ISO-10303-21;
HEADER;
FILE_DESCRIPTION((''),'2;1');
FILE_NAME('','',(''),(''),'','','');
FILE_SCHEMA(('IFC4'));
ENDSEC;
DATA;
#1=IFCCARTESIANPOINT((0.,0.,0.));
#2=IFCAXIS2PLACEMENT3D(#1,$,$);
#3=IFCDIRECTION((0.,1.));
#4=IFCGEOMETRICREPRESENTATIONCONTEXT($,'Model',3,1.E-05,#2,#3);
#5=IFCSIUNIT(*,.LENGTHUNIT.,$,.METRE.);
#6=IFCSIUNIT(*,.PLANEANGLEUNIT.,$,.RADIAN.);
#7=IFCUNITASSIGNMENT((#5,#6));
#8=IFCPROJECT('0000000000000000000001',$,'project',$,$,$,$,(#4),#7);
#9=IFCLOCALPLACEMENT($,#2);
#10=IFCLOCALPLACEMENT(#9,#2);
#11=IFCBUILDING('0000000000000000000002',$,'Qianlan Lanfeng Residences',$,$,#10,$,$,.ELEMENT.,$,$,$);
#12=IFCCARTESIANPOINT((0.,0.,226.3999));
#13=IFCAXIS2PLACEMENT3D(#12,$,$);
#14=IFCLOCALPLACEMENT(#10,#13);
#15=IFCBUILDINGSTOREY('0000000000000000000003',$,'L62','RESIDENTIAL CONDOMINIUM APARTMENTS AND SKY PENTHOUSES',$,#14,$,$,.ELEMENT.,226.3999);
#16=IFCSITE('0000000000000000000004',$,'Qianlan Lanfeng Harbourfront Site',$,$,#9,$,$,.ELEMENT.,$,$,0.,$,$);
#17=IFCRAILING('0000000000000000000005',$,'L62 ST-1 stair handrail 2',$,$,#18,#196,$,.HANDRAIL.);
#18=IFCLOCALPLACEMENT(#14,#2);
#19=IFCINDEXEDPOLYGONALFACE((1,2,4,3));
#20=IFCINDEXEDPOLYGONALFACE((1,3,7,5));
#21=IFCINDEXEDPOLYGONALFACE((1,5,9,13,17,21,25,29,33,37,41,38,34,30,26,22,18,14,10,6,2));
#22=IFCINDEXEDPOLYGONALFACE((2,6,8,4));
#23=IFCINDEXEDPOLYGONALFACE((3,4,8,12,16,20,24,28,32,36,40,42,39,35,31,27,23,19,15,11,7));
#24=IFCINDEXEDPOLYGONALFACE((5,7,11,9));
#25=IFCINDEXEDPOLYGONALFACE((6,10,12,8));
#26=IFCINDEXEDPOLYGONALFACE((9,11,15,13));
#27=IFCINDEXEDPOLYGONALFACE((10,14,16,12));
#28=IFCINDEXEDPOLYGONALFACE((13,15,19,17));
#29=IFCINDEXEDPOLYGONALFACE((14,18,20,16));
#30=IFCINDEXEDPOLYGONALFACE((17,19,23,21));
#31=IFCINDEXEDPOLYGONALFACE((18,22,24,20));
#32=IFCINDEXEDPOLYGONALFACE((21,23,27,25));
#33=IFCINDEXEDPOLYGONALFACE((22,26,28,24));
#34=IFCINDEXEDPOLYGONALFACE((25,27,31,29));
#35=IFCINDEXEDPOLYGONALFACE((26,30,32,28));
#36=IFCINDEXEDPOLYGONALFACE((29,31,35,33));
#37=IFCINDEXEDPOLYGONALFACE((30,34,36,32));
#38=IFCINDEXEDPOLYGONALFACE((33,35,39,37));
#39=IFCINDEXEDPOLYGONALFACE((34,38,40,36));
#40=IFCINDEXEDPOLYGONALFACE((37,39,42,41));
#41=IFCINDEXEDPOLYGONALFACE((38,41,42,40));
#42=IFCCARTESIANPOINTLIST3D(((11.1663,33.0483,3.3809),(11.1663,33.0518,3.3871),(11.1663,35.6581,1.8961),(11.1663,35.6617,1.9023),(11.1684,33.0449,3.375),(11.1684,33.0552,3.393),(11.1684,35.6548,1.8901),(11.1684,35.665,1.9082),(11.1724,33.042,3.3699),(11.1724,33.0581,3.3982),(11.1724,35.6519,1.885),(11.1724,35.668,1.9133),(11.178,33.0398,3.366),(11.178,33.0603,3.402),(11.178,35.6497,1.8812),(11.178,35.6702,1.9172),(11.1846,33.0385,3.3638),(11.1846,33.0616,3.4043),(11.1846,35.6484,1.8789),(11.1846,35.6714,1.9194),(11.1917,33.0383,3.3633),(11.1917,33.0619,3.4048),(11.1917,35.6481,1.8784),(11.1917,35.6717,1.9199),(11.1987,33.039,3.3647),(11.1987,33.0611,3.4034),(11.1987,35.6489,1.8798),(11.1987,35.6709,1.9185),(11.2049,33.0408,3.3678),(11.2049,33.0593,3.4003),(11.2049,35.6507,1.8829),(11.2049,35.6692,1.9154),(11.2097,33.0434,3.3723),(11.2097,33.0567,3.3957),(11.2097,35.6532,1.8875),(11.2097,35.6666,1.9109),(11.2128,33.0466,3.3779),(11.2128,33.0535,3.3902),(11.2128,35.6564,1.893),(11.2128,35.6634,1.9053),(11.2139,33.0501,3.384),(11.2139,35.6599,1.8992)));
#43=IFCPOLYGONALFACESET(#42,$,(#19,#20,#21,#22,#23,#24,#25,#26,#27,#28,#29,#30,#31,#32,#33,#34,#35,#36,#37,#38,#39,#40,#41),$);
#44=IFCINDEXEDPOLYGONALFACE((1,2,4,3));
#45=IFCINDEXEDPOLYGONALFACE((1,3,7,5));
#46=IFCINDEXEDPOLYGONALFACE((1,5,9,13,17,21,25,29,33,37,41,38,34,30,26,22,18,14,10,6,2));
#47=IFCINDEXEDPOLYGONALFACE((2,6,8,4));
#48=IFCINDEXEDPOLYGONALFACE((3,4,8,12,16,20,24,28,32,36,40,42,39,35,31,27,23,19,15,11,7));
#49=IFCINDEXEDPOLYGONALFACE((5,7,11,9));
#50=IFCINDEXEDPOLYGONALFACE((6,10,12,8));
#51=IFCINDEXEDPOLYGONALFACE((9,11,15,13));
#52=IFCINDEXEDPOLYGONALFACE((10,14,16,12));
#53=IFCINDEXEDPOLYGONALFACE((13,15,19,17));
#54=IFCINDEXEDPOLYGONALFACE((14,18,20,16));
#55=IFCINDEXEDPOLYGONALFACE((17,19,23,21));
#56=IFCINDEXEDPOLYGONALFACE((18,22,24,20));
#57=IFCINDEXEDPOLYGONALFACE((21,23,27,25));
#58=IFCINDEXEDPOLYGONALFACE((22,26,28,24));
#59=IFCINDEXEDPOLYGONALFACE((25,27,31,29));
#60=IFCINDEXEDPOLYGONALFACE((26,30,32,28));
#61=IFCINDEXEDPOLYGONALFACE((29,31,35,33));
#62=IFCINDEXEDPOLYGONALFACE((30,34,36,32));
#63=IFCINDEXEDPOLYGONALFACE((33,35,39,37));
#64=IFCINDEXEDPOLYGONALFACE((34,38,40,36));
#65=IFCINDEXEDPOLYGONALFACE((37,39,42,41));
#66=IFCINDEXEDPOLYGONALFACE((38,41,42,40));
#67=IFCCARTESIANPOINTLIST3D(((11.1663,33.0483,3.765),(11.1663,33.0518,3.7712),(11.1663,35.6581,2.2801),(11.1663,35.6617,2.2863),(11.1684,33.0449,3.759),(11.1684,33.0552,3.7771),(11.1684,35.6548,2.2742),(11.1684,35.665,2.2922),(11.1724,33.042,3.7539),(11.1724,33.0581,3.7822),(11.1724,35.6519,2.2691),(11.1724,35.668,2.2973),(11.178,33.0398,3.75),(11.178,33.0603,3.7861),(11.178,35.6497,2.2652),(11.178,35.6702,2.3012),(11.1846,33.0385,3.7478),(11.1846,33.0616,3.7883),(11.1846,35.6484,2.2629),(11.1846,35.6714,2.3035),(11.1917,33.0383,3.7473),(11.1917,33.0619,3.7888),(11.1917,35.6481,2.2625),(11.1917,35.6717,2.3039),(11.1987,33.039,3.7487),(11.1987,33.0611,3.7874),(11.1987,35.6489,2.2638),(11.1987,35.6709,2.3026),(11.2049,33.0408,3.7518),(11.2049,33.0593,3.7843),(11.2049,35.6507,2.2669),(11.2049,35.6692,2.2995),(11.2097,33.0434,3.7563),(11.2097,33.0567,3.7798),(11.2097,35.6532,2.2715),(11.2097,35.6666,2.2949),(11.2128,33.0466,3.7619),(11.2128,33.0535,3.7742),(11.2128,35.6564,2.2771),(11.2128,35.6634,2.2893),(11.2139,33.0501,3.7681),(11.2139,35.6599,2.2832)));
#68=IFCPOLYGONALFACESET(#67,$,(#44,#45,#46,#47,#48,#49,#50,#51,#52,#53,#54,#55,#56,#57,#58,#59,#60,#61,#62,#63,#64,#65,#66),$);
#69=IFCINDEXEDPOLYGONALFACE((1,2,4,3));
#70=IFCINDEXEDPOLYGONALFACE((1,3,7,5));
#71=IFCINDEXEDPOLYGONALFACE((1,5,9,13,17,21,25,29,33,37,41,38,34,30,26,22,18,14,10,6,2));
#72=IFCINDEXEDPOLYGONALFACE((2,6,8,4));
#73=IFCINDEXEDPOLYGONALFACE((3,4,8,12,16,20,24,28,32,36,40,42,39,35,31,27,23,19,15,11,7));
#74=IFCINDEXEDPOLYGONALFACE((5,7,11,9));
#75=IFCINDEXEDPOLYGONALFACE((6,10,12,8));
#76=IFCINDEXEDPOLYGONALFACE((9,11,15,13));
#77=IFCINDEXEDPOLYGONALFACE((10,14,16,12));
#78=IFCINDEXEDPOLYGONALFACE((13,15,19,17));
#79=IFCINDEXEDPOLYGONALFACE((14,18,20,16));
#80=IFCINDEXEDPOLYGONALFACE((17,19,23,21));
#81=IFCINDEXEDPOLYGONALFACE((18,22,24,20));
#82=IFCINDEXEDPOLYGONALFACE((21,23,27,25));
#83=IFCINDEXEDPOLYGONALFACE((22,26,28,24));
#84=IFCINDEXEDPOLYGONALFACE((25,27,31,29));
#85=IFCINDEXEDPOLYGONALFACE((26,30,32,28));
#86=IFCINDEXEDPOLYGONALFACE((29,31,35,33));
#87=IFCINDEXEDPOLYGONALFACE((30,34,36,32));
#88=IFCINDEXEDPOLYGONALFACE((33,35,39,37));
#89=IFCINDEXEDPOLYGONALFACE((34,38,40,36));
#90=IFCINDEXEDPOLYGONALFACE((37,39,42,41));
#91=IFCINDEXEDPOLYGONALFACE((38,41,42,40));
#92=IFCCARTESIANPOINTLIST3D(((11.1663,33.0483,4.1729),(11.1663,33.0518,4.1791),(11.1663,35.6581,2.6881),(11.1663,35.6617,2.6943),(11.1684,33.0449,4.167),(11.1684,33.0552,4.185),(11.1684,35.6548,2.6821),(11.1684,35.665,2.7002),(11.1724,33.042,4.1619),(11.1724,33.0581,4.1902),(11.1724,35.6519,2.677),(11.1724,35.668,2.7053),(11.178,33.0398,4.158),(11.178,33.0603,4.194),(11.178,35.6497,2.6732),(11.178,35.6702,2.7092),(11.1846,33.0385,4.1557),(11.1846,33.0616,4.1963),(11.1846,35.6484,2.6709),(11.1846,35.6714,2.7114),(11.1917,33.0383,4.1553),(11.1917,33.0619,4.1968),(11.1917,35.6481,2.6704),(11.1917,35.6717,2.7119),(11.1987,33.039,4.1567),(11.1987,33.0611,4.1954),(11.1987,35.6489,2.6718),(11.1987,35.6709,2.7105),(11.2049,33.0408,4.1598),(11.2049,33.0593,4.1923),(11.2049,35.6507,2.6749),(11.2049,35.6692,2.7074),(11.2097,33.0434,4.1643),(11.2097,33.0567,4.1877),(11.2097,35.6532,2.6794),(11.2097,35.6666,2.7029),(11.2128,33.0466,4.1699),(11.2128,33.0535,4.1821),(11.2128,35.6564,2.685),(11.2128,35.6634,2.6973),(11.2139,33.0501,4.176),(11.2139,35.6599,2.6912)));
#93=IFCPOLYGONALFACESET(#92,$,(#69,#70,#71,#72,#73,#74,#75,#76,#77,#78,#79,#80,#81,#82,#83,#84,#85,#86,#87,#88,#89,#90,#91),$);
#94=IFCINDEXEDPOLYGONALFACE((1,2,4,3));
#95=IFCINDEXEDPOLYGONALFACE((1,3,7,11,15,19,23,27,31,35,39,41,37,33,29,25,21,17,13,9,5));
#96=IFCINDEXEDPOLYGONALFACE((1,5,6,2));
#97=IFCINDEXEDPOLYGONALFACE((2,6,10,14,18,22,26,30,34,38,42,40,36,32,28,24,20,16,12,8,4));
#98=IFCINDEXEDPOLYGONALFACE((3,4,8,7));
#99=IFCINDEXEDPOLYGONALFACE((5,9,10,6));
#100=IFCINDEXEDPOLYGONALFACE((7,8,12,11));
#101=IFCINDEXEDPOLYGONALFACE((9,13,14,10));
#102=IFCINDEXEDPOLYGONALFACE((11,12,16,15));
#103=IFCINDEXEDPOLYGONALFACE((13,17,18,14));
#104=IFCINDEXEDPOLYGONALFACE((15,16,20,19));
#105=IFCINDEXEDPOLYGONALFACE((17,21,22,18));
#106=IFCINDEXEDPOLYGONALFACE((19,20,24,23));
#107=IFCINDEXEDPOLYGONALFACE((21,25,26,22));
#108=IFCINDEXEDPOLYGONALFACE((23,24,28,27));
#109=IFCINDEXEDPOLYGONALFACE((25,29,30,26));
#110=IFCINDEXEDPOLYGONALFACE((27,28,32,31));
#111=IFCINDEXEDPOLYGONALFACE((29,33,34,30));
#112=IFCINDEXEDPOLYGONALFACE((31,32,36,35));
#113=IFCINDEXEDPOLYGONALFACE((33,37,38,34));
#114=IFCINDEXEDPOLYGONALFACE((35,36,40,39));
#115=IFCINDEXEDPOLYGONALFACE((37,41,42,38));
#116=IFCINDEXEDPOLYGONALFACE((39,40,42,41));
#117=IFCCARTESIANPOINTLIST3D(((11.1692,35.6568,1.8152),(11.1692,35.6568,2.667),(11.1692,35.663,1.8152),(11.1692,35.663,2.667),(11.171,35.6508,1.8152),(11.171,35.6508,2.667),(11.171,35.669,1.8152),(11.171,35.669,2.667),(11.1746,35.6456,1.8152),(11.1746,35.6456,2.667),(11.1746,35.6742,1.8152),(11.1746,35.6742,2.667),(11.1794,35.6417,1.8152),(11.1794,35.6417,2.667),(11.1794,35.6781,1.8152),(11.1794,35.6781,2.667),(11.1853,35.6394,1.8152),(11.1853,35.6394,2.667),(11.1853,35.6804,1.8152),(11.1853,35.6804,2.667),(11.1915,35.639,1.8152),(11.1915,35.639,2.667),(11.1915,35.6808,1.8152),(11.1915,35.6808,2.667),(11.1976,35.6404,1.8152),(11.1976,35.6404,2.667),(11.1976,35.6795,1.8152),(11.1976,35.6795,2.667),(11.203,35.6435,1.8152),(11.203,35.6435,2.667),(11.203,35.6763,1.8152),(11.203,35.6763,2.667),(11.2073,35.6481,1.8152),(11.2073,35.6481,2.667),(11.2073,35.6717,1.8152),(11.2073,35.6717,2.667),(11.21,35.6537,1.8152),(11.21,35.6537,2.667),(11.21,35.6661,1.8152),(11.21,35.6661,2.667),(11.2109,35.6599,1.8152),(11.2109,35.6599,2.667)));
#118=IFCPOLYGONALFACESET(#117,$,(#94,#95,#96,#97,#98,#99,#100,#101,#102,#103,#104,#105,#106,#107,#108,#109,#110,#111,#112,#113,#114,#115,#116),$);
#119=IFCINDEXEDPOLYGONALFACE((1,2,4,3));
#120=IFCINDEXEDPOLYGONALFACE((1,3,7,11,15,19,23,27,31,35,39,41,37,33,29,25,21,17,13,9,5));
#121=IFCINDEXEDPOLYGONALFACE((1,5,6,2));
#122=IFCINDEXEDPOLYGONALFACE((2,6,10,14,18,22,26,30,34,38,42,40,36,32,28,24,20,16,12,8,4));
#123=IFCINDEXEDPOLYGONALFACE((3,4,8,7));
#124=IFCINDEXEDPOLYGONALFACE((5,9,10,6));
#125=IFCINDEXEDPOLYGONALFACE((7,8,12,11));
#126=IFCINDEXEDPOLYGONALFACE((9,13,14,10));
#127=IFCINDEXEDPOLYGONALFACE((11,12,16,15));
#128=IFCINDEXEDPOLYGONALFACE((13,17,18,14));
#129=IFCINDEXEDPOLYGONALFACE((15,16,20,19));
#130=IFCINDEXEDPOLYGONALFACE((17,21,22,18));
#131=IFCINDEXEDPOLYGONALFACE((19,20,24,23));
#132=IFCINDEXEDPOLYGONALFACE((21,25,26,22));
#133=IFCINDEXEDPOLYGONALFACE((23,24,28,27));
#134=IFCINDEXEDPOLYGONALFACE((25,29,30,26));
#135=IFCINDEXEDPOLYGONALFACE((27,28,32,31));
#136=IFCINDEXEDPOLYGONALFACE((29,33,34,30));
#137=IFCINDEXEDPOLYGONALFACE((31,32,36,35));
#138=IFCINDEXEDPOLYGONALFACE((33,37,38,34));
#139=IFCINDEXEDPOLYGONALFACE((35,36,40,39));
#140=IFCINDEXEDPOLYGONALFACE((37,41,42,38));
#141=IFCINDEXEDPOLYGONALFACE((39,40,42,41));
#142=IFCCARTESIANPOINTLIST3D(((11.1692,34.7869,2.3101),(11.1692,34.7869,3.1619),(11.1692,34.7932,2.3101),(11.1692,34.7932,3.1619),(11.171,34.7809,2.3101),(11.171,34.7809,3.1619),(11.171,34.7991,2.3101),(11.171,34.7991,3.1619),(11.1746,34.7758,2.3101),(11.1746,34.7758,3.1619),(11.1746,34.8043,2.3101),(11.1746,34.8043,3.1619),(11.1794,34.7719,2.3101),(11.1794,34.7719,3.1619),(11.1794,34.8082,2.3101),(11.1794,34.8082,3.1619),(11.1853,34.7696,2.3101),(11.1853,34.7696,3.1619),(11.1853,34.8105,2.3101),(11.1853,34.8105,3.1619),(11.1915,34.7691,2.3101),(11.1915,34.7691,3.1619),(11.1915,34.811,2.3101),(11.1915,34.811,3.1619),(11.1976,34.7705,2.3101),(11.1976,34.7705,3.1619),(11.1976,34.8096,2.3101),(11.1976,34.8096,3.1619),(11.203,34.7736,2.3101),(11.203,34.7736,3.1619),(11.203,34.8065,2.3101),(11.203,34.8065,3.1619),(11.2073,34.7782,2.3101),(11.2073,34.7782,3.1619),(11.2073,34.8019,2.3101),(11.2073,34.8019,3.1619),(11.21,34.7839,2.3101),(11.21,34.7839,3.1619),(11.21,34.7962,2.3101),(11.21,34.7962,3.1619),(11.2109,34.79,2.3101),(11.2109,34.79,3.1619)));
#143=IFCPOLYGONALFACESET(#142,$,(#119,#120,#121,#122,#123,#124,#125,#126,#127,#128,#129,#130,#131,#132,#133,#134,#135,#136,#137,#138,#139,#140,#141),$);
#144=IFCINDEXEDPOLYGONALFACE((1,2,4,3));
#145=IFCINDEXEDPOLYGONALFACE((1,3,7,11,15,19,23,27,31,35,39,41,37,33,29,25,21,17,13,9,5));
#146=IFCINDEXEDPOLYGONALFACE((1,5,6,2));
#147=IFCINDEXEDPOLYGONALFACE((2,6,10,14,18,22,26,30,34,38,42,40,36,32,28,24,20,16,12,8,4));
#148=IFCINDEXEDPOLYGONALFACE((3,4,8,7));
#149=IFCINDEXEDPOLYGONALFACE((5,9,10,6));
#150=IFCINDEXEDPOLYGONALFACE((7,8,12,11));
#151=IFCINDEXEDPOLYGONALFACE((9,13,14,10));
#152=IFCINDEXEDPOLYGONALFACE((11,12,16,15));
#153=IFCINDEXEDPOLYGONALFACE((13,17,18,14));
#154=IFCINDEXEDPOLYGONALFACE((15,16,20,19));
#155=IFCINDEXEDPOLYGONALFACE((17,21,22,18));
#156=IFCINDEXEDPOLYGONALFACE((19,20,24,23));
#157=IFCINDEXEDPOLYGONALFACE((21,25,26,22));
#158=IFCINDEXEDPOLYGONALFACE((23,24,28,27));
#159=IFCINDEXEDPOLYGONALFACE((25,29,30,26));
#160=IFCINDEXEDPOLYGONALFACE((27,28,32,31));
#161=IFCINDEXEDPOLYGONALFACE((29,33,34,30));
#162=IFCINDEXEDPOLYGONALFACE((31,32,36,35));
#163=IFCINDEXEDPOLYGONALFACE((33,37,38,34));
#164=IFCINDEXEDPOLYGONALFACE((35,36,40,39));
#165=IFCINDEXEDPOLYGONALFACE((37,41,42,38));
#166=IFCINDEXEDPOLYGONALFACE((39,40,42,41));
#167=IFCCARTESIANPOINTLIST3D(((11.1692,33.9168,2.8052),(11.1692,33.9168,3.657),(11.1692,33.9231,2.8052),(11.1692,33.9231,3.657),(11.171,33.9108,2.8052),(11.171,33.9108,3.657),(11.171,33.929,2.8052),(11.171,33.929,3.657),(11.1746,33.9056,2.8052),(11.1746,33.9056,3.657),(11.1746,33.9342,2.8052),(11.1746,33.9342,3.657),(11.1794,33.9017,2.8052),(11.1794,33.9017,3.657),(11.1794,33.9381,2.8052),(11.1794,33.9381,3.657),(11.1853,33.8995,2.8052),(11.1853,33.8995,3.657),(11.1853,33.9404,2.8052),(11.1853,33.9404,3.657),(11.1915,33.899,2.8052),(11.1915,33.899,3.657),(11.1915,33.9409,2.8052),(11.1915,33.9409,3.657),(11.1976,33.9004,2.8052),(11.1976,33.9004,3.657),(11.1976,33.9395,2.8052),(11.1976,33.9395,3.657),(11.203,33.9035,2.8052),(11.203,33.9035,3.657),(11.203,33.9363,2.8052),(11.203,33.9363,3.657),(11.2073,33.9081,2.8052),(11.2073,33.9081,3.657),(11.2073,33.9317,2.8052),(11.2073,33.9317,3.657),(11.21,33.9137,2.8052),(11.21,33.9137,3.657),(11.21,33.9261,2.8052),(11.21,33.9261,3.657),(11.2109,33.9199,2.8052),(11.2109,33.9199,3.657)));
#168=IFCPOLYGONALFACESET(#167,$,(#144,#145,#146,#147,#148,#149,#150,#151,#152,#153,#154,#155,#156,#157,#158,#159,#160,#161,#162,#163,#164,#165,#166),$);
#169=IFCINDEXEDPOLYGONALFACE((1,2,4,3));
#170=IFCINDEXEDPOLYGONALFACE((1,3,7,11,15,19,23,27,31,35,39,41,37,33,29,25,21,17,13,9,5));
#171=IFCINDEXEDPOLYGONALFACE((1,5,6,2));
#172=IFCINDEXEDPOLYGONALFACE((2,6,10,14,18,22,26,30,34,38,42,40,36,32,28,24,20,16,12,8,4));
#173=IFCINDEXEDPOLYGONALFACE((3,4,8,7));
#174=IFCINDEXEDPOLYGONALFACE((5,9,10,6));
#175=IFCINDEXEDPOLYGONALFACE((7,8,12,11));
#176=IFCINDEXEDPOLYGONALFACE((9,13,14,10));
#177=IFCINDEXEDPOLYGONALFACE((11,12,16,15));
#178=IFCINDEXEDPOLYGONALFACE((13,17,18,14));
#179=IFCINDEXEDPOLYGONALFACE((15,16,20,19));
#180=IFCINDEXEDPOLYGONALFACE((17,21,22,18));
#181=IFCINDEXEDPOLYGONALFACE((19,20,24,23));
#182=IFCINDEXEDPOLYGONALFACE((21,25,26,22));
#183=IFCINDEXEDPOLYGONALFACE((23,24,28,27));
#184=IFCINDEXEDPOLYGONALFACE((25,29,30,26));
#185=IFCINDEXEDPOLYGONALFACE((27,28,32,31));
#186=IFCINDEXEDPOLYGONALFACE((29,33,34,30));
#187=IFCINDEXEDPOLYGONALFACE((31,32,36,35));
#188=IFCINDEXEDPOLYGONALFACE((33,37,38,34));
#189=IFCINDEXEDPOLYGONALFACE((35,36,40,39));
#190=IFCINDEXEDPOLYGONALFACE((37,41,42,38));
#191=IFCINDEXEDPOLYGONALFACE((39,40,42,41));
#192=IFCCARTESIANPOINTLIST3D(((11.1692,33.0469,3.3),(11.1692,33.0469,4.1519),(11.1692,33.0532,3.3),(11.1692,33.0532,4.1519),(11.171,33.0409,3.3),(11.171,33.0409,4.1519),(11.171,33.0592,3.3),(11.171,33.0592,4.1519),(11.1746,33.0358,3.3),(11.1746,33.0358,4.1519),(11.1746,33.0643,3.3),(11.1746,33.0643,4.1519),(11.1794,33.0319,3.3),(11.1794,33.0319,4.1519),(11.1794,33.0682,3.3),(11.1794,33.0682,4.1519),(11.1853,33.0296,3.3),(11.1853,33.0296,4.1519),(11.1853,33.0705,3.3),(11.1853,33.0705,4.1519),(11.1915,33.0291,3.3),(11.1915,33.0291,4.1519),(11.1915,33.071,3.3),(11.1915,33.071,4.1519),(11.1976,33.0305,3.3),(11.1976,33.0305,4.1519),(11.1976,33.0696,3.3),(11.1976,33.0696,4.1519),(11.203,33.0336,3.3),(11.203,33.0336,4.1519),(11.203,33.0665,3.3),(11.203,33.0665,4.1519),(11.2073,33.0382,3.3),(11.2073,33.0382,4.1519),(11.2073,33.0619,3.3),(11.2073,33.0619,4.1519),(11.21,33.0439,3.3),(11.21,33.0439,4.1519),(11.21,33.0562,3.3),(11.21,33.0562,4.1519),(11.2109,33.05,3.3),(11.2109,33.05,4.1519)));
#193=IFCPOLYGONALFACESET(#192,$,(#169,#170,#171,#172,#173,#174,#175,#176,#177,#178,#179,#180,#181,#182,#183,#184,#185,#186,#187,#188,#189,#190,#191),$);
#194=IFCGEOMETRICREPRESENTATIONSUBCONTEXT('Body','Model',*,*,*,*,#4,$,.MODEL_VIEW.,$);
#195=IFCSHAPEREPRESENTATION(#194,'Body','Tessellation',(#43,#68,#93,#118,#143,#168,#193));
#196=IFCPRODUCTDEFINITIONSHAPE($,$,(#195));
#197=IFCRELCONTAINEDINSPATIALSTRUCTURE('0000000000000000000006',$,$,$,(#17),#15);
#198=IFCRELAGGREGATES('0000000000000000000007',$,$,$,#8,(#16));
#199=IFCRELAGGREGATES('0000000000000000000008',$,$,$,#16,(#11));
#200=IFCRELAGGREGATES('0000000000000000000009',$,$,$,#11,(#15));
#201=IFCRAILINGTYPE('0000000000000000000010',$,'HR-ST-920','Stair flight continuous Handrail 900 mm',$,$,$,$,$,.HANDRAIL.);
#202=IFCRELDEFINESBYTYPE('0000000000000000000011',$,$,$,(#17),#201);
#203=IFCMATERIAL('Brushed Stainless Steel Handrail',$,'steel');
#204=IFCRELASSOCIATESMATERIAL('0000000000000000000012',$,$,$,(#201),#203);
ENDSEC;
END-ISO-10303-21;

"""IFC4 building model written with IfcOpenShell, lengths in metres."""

from ifc_helpers import new_model, si_unit, direction, frame, origin, origin_2d, place, context, subcontext, project, spatial, circle, extrude, material, type_object, element, save


model = new_model("IFC4")

# Units and contexts
model_context = context("Model", 3, precision=1e-05, world=origin(), true_north=direction((0.0, 1.0)))
body_context = subcontext(model_context, "Body", "Model", "MODEL_VIEW")
ifc_project = project(units=[si_unit("LENGTHUNIT", "METRE"), si_unit("PLANEANGLEUNIT", "RADIAN")], contexts=[model_context])

# Site, building, storey
site_placement = place(None, origin())
site = spatial("IfcSite", under=ifc_project, at=site_placement, Name="Qianlan Lanfeng Harbourfront Site", CompositionType="ELEMENT", RefElevation=0.0)
building_placement = place(site_placement, origin())
building = spatial("IfcBuilding", under=site, at=building_placement, Name="Qianlan Lanfeng Residences", CompositionType="ELEMENT")
storey_placement = place(building_placement, frame((0.0, 0.0, 226.3999)))
storey = spatial("IfcBuildingStorey", under=building, at=storey_placement, Name="L62", Description="RESIDENTIAL CONDOMINIUM APARTMENTS AND SKY PENTHOUSES", CompositionType="ELEMENT", Elevation=226.3999)

# Railing
ifc_material_1 = material(Name="Brushed Stainless Steel Handrail", Category="steel")
railing_type_1 = type_object("IfcRailingType", Name="HR-ST-920", Description="Stair flight continuous Handrail 900 mm", PredefinedType="HANDRAIL", material=ifc_material_1)
railing_1_placement = place(storey_placement, frame((11.1899, 35.6599, 1.8152)))
element("IfcRailing", 1, at=railing_1_placement, inside=storey, type_object=railing_type_1, Name="L62 ST-1 stair handrail 2", PredefinedType="HANDRAIL", context=body_context, shape_type="SweptSolid", body=[
    extrude(circle(Radius=0.0239, at=origin_2d()), frame((0.0, 0.0, 0.084), z_axis=(0.0, -0.869172, 0.494509), x_axis=(1.0, 0.0, 0.0)), (0.0, 0.0, 1.0), 3.0027),
    extrude(circle(Radius=0.0239, at=origin_2d()), frame((0.0, 0.0, 0.468), z_axis=(0.0, -0.869172, 0.494509), x_axis=(1.0, 0.0, 0.0)), (0.0, 0.0, 1.0), 3.0027),
    extrude(circle(Radius=0.0239, at=origin_2d()), frame((0.0, 0.0, 0.876), z_axis=(0.0, -0.869172, 0.494509), x_axis=(1.0, 0.0, 0.0)), (0.0, 0.0, 1.0), 3.0027),
    extrude(circle(Radius=0.021, at=origin_2d()), origin(), (0.0, 0.0, 1.0), 0.8518),
    extrude(circle(Radius=0.021, at=origin_2d()), frame((0.0, -0.8699, 0.4949)), (0.0, 0.0, 1.0), 0.8518),
    extrude(circle(Radius=0.021, at=origin_2d()), frame((0.0, -1.74, 0.99)), (0.0, 0.0, 1.0), 0.8518),
    extrude(circle(Radius=0.021, at=origin_2d()), frame((0.0, -2.6099, 1.4849)), (0.0, 0.0, 1.0), 0.8518),
])

save(model, "model.ifc")
